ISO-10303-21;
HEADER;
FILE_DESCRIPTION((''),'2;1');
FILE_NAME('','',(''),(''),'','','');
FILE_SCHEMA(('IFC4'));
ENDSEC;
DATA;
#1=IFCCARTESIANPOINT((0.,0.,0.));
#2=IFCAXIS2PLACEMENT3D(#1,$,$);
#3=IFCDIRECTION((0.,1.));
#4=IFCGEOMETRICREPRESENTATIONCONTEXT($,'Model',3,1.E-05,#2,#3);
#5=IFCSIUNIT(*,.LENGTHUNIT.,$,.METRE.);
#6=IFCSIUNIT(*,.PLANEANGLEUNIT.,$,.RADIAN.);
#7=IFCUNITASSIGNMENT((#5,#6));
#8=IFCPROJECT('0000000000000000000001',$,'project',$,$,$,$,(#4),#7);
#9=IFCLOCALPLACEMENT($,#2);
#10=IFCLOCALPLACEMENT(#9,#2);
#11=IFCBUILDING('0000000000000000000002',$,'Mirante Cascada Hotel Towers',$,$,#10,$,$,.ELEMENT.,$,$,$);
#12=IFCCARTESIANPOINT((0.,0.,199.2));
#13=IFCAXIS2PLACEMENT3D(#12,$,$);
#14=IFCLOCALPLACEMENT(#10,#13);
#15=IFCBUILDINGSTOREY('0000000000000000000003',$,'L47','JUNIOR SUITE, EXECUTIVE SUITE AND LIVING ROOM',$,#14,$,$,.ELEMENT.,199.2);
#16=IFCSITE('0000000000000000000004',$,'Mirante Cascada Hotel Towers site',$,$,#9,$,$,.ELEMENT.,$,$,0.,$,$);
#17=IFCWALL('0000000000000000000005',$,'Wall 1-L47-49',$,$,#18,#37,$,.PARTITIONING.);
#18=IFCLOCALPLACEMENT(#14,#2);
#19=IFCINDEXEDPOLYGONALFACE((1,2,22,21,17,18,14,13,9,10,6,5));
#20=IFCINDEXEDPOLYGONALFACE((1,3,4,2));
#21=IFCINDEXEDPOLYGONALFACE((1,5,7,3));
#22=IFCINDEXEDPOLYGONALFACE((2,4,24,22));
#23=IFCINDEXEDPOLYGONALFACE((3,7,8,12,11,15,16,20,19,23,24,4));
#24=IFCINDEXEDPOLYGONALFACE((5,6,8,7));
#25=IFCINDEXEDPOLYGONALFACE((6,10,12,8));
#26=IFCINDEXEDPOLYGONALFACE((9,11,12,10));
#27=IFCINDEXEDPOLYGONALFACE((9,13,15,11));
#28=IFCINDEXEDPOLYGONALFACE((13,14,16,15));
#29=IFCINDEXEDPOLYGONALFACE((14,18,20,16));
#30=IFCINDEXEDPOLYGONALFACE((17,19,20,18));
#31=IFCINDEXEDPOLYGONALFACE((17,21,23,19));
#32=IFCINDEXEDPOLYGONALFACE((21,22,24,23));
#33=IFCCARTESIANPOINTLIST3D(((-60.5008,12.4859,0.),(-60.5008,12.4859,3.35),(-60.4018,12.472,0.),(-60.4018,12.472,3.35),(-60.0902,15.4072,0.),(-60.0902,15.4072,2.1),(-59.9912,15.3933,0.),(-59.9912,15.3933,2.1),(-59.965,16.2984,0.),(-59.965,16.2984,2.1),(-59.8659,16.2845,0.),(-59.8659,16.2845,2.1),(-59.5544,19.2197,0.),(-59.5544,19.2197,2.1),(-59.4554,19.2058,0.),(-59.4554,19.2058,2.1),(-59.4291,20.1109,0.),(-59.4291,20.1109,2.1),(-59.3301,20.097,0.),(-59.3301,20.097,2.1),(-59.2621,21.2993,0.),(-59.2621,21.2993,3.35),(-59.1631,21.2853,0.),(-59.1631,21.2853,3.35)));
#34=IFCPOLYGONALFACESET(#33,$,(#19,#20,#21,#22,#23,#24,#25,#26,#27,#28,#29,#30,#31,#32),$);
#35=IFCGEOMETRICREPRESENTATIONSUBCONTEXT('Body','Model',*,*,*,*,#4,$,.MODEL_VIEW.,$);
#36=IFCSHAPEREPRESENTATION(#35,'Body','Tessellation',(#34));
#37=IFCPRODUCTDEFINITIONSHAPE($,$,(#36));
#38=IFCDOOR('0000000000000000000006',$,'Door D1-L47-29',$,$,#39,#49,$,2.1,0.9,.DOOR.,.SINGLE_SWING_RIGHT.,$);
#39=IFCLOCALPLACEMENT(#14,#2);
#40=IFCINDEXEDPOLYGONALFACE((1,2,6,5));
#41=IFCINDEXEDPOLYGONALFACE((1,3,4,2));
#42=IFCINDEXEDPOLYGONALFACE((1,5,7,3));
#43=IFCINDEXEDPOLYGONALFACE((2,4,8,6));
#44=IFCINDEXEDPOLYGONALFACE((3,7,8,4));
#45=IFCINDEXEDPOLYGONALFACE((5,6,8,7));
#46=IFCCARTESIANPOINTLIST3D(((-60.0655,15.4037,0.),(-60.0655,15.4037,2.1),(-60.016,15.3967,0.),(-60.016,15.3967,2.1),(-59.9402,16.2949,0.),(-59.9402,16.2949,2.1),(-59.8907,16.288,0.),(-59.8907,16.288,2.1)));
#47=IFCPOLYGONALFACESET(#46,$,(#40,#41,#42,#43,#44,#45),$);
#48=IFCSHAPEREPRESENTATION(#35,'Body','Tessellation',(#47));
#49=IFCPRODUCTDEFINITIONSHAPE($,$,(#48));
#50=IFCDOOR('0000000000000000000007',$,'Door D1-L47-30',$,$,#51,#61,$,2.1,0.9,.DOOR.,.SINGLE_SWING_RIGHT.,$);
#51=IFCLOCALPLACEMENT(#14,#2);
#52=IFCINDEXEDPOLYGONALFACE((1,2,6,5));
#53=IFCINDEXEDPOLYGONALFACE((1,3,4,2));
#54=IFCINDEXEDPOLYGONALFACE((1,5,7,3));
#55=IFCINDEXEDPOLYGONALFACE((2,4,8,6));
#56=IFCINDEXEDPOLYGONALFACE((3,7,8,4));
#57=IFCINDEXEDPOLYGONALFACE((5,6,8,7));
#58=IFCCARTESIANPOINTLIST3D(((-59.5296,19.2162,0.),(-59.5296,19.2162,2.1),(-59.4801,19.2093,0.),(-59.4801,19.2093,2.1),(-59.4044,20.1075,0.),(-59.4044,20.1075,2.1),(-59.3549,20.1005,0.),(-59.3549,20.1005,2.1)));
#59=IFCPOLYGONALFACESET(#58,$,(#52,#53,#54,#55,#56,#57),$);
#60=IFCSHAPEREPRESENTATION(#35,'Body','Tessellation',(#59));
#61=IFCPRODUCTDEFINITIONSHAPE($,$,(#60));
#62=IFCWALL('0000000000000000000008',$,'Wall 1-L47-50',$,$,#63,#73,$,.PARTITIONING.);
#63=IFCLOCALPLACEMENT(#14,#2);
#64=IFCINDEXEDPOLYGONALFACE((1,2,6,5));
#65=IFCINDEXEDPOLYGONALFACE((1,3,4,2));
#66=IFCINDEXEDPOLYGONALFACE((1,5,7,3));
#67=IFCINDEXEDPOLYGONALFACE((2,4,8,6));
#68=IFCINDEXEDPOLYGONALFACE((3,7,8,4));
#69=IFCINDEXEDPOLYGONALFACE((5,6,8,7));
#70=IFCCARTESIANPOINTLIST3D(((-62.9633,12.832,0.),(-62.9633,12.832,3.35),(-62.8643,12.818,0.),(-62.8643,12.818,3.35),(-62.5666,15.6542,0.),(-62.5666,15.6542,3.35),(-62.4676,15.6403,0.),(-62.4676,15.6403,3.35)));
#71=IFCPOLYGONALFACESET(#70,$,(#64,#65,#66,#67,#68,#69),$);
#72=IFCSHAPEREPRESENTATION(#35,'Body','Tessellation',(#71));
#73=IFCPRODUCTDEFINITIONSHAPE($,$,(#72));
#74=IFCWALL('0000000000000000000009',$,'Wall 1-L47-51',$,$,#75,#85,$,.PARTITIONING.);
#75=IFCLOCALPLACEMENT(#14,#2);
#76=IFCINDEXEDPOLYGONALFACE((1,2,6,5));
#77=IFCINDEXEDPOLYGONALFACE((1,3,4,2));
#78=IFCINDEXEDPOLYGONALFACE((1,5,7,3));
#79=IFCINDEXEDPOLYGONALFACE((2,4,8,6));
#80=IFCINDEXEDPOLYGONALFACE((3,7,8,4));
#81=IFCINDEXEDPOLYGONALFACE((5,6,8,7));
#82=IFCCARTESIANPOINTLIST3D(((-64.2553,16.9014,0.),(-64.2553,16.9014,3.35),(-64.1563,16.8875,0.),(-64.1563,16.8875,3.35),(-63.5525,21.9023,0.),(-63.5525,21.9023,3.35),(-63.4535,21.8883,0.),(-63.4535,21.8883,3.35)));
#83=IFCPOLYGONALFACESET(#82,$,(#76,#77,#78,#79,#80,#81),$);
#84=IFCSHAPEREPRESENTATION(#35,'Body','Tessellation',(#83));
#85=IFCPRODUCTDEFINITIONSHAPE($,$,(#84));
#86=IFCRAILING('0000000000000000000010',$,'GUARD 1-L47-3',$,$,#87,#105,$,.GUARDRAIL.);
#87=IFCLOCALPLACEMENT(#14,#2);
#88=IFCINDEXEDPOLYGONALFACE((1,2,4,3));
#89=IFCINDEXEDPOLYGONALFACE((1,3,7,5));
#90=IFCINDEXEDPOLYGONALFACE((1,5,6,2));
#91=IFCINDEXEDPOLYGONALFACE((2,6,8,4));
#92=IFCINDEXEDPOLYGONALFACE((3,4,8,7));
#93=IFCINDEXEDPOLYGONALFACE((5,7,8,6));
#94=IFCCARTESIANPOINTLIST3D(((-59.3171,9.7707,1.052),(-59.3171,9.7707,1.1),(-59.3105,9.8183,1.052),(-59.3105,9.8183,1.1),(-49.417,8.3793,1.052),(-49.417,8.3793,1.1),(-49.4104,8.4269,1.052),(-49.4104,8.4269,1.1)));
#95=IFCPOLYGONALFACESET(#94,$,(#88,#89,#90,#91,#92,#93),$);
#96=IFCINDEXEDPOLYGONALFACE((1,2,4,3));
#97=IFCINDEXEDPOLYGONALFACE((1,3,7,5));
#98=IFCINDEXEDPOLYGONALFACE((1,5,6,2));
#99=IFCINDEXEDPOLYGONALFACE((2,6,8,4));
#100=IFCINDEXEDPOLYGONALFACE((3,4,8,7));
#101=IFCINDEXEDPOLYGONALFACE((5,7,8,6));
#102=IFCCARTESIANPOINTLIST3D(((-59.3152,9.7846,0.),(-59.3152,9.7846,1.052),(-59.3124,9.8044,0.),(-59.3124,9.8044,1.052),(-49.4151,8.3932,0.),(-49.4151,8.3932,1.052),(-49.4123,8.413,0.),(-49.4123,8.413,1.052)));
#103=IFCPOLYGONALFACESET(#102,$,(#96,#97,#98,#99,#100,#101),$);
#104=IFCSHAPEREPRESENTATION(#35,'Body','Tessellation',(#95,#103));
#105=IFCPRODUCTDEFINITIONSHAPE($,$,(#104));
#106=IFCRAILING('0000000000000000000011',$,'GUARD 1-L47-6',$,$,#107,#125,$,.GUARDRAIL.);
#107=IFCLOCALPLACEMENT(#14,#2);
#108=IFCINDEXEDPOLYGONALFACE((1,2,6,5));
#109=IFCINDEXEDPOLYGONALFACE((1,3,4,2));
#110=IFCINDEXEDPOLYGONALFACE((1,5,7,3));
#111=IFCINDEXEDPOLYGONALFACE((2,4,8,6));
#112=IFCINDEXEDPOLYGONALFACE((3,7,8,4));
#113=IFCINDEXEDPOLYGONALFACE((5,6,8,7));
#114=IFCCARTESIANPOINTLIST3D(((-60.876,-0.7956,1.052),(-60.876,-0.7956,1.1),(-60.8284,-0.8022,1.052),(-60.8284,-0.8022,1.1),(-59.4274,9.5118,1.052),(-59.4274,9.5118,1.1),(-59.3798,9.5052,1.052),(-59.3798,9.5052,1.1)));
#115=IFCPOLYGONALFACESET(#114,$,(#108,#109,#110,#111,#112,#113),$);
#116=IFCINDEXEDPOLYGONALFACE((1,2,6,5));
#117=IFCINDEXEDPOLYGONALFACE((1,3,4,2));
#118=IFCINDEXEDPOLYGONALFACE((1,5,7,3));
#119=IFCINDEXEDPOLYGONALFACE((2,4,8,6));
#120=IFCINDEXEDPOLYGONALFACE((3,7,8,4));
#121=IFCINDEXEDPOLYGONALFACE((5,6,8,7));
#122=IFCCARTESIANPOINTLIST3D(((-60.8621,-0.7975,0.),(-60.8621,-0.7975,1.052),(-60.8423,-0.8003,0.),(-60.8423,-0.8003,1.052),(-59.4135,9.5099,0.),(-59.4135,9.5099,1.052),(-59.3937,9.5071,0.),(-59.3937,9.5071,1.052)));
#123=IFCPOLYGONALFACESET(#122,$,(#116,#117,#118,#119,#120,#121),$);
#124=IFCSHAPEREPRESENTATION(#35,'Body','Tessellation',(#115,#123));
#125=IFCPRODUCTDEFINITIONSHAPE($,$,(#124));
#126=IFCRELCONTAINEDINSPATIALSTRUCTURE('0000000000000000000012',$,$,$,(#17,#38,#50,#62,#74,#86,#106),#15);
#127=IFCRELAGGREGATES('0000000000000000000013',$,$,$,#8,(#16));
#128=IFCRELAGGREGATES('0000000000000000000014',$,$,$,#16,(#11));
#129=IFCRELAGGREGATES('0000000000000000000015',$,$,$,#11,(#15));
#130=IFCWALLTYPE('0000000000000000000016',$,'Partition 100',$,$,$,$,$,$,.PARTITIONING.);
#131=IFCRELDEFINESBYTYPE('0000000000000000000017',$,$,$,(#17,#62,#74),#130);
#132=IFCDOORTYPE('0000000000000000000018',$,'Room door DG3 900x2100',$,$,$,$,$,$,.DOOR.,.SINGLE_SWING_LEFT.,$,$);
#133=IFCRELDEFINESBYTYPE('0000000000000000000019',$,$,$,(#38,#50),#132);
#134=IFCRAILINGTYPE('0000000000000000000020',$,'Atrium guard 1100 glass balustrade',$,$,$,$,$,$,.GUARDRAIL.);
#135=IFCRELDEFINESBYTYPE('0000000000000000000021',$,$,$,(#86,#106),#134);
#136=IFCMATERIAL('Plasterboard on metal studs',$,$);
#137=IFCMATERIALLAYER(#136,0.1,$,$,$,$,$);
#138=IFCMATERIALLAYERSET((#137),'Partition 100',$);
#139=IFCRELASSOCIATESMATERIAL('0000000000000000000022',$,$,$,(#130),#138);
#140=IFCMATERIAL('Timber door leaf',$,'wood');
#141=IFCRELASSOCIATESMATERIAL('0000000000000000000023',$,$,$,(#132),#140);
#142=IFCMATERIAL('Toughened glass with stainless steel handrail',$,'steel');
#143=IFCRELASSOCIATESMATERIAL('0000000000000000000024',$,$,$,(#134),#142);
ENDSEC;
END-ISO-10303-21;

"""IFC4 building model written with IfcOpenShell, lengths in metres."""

from ifc_helpers import new_model, si_unit, direction, frame, frame_2d, origin, origin_2d, place, context, subcontext, project, spatial, rectangle, extrude, material, layer, layer_set, type_object, element, fill, save


model = new_model("IFC4")

# Units and contexts
model_context = context("Model", 3, precision=1e-05, world=origin(), true_north=direction((0.0, 1.0)))
body_context = subcontext(model_context, "Body", "Model", "MODEL_VIEW")
ifc_project = project(units=[si_unit("LENGTHUNIT", "METRE"), si_unit("PLANEANGLEUNIT", "RADIAN")], contexts=[model_context])

# Site, building, storey
site_placement = place(None, origin())
site = spatial("IfcSite", under=ifc_project, at=site_placement, Name="Mirante Cascada Hotel Towers site", CompositionType="ELEMENT", RefElevation=0.0)
building_placement = place(site_placement, origin())
building = spatial("IfcBuilding", under=site, at=building_placement, Name="Mirante Cascada Hotel Towers", CompositionType="ELEMENT")
storey_placement = place(building_placement, frame((0.0, 0.0, 199.2)))
storey = spatial("IfcBuildingStorey", under=building, at=storey_placement, Name="L47", Description="JUNIOR SUITE, EXECUTIVE SUITE AND LIVING ROOM", CompositionType="ELEMENT", Elevation=199.2)

# Shared definitions
ifc_material_1 = material(Name="Plasterboard on metal studs")
ifc_layer_1 = layer(ifc_material_1, 0.1)
ifc_layer_set_1 = layer_set([ifc_layer_1], Name="Partition 100")
wall_type = type_object("IfcWallType", Name="Partition 100", PredefinedType="PARTITIONING", material=ifc_layer_set_1)
ifc_material_2 = material(Name="Timber door leaf", Category="wood")
door_type_1 = type_object("IfcDoorType", Name="Room door DG3 900x2100", OperationType="SINGLE_SWING_LEFT", PredefinedType="DOOR", material=ifc_material_2)

# Wall, openings, doors
wall_1_placement = place(storey_placement, frame((-59.2126, 21.2923, 0.0), z_axis=(0.0, 0.0, 1.0), x_axis=(-0.139179, -0.990267, 0.0)))
wall_1 = element("IfcWall", 1, at=wall_1_placement, inside=storey, type_object=wall_type, Name="Wall 1-L47-49", PredefinedType="PARTITIONING", context=body_context, shape_type="SweptSolid", body=[
    extrude(rectangle(XDim=8.9, YDim=0.1, at=frame_2d((4.45, 0.0))), origin(), (0.0, 0.0, 1.0), 3.35),
])
opening_1_placement = place(wall_1_placement, frame((5.05, 0.0, 0.0)))
opening_1 = element("IfcOpeningElement", 2, at=opening_1_placement, cuts=wall_1, PredefinedType="OPENING", context=body_context, shape_type="SweptSolid", body=[
    extrude(rectangle(XDim=0.9, YDim=2.1, at=frame_2d((0.45, 1.05))), frame((0.0, 0.05, 0.0), z_axis=(0.0, -1.0, 0.0), x_axis=(1.0, 0.0, 0.0)), (0.0, 0.0, 1.0), 0.1),
])
opening_2_placement = place(wall_1_placement, frame((1.2, 0.0, 0.0)))
opening_2 = element("IfcOpeningElement", 3, at=opening_2_placement, cuts=wall_1, PredefinedType="OPENING", context=body_context, shape_type="SweptSolid", body=[
    extrude(rectangle(XDim=0.9, YDim=2.1, at=frame_2d((0.45, 1.05))), frame((0.0, 0.05, 0.0), z_axis=(0.0, -1.0, 0.0), x_axis=(1.0, 0.0, 0.0)), (0.0, 0.0, 1.0), 0.1),
])
door_1_placement = place(opening_1_placement, frame((0.9, 0.0, 0.0), z_axis=(0.0, 0.0, 1.0), x_axis=(-1.0, 0.0, 0.0)))
door_1 = element("IfcDoor", 4, at=door_1_placement, inside=storey, type_object=door_type_1, Name="Door D1-L47-29", OperationType="SINGLE_SWING_RIGHT", OverallHeight=2.1, OverallWidth=0.9, PredefinedType="DOOR", context=body_context, shape_type="SweptSolid", body=[
    extrude(rectangle(XDim=0.9, YDim=2.1, at=frame_2d((0.45, 1.05))), frame((0.0, 0.025, 0.0), z_axis=(0.0, -1.0, 0.0), x_axis=(1.0, 0.0, 0.0)), (0.0, 0.0, 1.0), 0.05),
])
fill(opening_1, door_1)
door_2_placement = place(opening_2_placement, frame((0.9, 0.0, 0.0), z_axis=(0.0, 0.0, 1.0), x_axis=(-1.0, 0.0, 0.0)))
door_2 = element("IfcDoor", 5, at=door_2_placement, inside=storey, type_object=door_type_1, Name="Door D1-L47-30", OperationType="SINGLE_SWING_RIGHT", OverallHeight=2.1, OverallWidth=0.9, PredefinedType="DOOR", context=body_context, shape_type="SweptSolid", body=[
    extrude(rectangle(XDim=0.9, YDim=2.1, at=frame_2d((0.45, 1.05))), frame((0.0, 0.025, 0.0), z_axis=(0.0, -1.0, 0.0), x_axis=(1.0, 0.0, 0.0)), (0.0, 0.0, 1.0), 0.05),
])
fill(opening_2, door_2)

# Walls
wall_2_placement = place(storey_placement, frame((-62.9138, 12.825, 0.0), z_axis=(0.0, 0.0, 1.0), x_axis=(0.139191, 0.990266, 0.0)))
element("IfcWall", 6, at=wall_2_placement, inside=storey, type_object=wall_type, Name="Wall 1-L47-50", PredefinedType="PARTITIONING", context=body_context, shape_type="SweptSolid", body=[
    extrude(rectangle(XDim=2.85, YDim=0.1, at=frame_2d((1.425, 0.0))), origin(), (0.0, 0.0, 1.0), 3.35),
])
wall_3_placement = place(storey_placement, frame((-63.503, 21.8953, 0.0), z_axis=(0.0, 0.0, 1.0), x_axis=(-0.139167, -0.990269, 0.0)))
element("IfcWall", 7, at=wall_3_placement, inside=storey, type_object=wall_type, Name="Wall 1-L47-51", PredefinedType="PARTITIONING", context=body_context, shape_type="SweptSolid", body=[
    extrude(rectangle(XDim=5.05, YDim=0.1, at=frame_2d((2.525, 0.0))), origin(), (0.0, 0.0, 1.0), 3.35),
])

# Railings
ifc_material_3 = material(Name="Toughened glass with stainless steel handrail", Category="steel")
railing_type = type_object("IfcRailingType", Name="Atrium guard 1100 glass balustrade", PredefinedType="GUARDRAIL", material=ifc_material_3)
railing_1_placement = place(storey_placement, frame((-59.3138, 9.7945, 0.0)))
element("IfcRailing", 8, at=railing_1_placement, inside=storey, type_object=railing_type, Name="GUARD 1-L47-3", PredefinedType="GUARDRAIL", context=body_context, shape_type="SweptSolid", body=[
    extrude(rectangle(XDim=0.048, YDim=0.048, at=origin_2d()), frame((0.0, 0.0, 1.076), z_axis=(0.990268, -0.139176, 0.0), x_axis=(0.139176, 0.990268, 0.0)), (0.0, 0.0, 1.0), 9.9974),
    extrude(rectangle(XDim=0.02, YDim=1.052, at=origin_2d()), frame((0.0, 0.0, 0.526), z_axis=(0.990268, -0.139176, 0.0), x_axis=(0.139176, 0.990268, 0.0)), (0.0, 0.0, 1.0), 9.9974),
])
railing_2_placement = place(storey_placement, frame((-59.4036, 9.5085, 0.0)))
element("IfcRailing", 9, at=railing_2_placement, inside=storey, type_object=railing_type, Name="GUARD 1-L47-6", PredefinedType="GUARDRAIL", context=body_context, shape_type="SweptSolid", body=[
    extrude(rectangle(XDim=0.048, YDim=0.048, at=origin_2d()), frame((0.0, 0.0, 1.076), z_axis=(-0.139172, -0.990268, 0.0), x_axis=(0.990268, -0.139172, 0.0)), (0.0, 0.0, 1.0), 10.4087),
    extrude(rectangle(XDim=0.02, YDim=1.052, at=origin_2d()), frame((0.0, 0.0, 0.526), z_axis=(-0.139172, -0.990268, 0.0), x_axis=(0.990268, -0.139172, 0.0)), (0.0, 0.0, 1.0), 10.4087),
])

save(model, "model.ifc")
